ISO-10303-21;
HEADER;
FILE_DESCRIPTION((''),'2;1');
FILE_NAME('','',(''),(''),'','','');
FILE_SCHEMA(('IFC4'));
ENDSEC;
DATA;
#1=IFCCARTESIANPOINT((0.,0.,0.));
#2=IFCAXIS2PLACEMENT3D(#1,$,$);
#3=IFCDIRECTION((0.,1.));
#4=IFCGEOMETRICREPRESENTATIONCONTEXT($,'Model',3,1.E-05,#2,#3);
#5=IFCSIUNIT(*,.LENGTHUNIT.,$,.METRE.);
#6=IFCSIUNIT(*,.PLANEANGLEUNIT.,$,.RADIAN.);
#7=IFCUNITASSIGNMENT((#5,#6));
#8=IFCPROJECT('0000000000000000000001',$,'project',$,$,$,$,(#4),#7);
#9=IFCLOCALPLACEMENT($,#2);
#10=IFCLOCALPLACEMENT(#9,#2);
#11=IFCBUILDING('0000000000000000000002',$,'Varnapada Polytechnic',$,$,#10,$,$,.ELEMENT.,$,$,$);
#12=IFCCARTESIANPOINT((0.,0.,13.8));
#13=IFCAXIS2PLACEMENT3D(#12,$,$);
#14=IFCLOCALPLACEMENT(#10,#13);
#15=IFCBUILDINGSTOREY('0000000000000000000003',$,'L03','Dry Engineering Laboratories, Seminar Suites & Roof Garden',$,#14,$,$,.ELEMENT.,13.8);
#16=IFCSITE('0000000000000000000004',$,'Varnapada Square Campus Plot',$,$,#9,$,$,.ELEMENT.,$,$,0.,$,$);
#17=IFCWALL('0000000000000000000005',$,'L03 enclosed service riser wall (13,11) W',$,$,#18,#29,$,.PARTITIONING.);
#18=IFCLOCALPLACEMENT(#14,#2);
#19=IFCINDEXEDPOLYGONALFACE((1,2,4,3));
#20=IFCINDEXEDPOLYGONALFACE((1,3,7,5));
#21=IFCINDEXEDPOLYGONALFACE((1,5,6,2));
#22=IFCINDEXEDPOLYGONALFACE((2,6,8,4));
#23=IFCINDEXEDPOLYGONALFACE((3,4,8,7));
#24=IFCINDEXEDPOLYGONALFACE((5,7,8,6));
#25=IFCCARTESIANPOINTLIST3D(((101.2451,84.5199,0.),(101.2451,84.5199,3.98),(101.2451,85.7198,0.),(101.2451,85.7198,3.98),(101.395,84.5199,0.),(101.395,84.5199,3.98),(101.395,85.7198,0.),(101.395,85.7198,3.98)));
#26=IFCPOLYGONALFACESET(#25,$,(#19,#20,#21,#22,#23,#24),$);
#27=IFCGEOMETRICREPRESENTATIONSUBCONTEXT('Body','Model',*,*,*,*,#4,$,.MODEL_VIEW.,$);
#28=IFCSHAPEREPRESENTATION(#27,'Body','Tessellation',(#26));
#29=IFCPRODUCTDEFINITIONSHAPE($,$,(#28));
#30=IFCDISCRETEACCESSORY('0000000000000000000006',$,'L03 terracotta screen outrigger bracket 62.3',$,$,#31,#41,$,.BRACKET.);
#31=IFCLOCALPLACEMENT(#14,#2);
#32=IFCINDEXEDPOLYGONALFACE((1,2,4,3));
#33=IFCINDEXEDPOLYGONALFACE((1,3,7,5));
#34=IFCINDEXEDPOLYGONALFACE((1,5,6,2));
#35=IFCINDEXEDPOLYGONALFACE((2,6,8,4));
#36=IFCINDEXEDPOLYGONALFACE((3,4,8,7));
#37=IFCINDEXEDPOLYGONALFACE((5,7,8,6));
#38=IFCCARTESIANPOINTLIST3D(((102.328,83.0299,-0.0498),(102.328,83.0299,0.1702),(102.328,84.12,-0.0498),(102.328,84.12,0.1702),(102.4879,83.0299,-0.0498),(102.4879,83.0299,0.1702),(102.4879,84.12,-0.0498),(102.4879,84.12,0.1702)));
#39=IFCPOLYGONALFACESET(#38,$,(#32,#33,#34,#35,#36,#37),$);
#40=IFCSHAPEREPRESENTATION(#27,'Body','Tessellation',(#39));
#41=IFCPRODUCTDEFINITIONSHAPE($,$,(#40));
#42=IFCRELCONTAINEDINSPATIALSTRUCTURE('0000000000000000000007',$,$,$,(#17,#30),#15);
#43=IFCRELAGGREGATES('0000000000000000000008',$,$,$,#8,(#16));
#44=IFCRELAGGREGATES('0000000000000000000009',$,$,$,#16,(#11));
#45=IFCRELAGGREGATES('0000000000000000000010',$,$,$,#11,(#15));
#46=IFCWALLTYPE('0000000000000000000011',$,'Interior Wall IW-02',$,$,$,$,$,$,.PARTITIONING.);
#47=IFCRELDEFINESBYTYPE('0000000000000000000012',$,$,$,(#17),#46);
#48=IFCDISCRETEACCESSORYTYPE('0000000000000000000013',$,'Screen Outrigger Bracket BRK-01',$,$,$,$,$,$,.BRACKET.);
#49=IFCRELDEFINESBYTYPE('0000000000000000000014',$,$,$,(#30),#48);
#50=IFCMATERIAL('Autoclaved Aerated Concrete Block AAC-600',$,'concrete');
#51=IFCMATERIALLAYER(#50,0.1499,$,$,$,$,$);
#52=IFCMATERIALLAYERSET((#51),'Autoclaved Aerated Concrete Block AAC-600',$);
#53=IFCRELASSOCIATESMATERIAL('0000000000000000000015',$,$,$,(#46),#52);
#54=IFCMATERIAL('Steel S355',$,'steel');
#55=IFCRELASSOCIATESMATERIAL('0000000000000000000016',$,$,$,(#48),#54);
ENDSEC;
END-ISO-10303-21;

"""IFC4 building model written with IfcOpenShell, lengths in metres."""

from ifc_helpers import new_model, si_unit, direction, frame, frame_2d, origin, origin_2d, place, context, subcontext, project, spatial, rectangle, extrude, material, layer, layer_set, type_object, element, save


model = new_model("IFC4")

# Units and contexts
model_context = context("Model", 3, precision=1e-05, world=origin(), true_north=direction((0.0, 1.0)))
body_context = subcontext(model_context, "Body", "Model", "MODEL_VIEW")
ifc_project = project(units=[si_unit("LENGTHUNIT", "METRE"), si_unit("PLANEANGLEUNIT", "RADIAN")], contexts=[model_context])

# Site, building, storey
site_placement = place(None, origin())
site = spatial("IfcSite", under=ifc_project, at=site_placement, Name="Varnapada Square Campus Plot", CompositionType="ELEMENT", RefElevation=0.0)
building_placement = place(site_placement, origin())
building = spatial("IfcBuilding", under=site, at=building_placement, Name="Varnapada Polytechnic", CompositionType="ELEMENT")
storey_placement = place(building_placement, frame((0.0, 0.0, 13.8)))
storey = spatial("IfcBuildingStorey", under=building, at=storey_placement, Name="L03", Description="Dry Engineering Laboratories, Seminar Suites & Roof Garden", CompositionType="ELEMENT", Elevation=13.8)

# Shared definitions
ifc_material_1 = material(Name="Steel S355", Category="steel")

# Wall
ifc_material_2 = material(Name="Autoclaved Aerated Concrete Block AAC-600", Category="concrete")
ifc_layer_1 = layer(ifc_material_2, 0.1499)
ifc_layer_set_1 = layer_set([ifc_layer_1], Name="Autoclaved Aerated Concrete Block AAC-600")
wall_type = type_object("IfcWallType", Name="Interior Wall IW-02", PredefinedType="PARTITIONING", material=ifc_layer_set_1)
for number, where, z_axis, x_axis, name in (
    (1, (101.3201, 85.72, 0.0), (0.0, 0.0, 1.0), (0.0, -1.0, 0.0), "L03 enclosed service riser wall (13,11) W"),
):
    element("IfcWall", number, at=place(storey_placement, frame(where, z_axis=z_axis, x_axis=x_axis)), inside=storey, type_object=wall_type, Name=name, PredefinedType="PARTITIONING", context=body_context, shape_type="SweptSolid", body=[
        extrude(rectangle(XDim=1.2, YDim=0.1499, at=frame_2d((0.6001, 0.0))), origin(), (0.0, 0.0, 1.0), 3.98),
    ])

# Discrete accessory
discrete_accessory_type = type_object("IfcDiscreteAccessoryType", Name="Screen Outrigger Bracket BRK-01", PredefinedType="BRACKET", material=ifc_material_1)
discrete_accessory_placement = place(storey_placement, frame((102.408, 83.575, -0.0498), z_axis=(0.0, 0.0, 1.0), x_axis=(-1.0, 0.0, 0.0)))
element("IfcDiscreteAccessory", 2, at=discrete_accessory_placement, inside=storey, type_object=discrete_accessory_type, Name="L03 terracotta screen outrigger bracket 62.3", PredefinedType="BRACKET", context=body_context, shape_type="SweptSolid", body=[
    extrude(rectangle(XDim=0.1599, YDim=1.0901, at=origin_2d()), origin(), (0.0, 0.0, 1.0), 0.22),
])

save(model, "model.ifc")
